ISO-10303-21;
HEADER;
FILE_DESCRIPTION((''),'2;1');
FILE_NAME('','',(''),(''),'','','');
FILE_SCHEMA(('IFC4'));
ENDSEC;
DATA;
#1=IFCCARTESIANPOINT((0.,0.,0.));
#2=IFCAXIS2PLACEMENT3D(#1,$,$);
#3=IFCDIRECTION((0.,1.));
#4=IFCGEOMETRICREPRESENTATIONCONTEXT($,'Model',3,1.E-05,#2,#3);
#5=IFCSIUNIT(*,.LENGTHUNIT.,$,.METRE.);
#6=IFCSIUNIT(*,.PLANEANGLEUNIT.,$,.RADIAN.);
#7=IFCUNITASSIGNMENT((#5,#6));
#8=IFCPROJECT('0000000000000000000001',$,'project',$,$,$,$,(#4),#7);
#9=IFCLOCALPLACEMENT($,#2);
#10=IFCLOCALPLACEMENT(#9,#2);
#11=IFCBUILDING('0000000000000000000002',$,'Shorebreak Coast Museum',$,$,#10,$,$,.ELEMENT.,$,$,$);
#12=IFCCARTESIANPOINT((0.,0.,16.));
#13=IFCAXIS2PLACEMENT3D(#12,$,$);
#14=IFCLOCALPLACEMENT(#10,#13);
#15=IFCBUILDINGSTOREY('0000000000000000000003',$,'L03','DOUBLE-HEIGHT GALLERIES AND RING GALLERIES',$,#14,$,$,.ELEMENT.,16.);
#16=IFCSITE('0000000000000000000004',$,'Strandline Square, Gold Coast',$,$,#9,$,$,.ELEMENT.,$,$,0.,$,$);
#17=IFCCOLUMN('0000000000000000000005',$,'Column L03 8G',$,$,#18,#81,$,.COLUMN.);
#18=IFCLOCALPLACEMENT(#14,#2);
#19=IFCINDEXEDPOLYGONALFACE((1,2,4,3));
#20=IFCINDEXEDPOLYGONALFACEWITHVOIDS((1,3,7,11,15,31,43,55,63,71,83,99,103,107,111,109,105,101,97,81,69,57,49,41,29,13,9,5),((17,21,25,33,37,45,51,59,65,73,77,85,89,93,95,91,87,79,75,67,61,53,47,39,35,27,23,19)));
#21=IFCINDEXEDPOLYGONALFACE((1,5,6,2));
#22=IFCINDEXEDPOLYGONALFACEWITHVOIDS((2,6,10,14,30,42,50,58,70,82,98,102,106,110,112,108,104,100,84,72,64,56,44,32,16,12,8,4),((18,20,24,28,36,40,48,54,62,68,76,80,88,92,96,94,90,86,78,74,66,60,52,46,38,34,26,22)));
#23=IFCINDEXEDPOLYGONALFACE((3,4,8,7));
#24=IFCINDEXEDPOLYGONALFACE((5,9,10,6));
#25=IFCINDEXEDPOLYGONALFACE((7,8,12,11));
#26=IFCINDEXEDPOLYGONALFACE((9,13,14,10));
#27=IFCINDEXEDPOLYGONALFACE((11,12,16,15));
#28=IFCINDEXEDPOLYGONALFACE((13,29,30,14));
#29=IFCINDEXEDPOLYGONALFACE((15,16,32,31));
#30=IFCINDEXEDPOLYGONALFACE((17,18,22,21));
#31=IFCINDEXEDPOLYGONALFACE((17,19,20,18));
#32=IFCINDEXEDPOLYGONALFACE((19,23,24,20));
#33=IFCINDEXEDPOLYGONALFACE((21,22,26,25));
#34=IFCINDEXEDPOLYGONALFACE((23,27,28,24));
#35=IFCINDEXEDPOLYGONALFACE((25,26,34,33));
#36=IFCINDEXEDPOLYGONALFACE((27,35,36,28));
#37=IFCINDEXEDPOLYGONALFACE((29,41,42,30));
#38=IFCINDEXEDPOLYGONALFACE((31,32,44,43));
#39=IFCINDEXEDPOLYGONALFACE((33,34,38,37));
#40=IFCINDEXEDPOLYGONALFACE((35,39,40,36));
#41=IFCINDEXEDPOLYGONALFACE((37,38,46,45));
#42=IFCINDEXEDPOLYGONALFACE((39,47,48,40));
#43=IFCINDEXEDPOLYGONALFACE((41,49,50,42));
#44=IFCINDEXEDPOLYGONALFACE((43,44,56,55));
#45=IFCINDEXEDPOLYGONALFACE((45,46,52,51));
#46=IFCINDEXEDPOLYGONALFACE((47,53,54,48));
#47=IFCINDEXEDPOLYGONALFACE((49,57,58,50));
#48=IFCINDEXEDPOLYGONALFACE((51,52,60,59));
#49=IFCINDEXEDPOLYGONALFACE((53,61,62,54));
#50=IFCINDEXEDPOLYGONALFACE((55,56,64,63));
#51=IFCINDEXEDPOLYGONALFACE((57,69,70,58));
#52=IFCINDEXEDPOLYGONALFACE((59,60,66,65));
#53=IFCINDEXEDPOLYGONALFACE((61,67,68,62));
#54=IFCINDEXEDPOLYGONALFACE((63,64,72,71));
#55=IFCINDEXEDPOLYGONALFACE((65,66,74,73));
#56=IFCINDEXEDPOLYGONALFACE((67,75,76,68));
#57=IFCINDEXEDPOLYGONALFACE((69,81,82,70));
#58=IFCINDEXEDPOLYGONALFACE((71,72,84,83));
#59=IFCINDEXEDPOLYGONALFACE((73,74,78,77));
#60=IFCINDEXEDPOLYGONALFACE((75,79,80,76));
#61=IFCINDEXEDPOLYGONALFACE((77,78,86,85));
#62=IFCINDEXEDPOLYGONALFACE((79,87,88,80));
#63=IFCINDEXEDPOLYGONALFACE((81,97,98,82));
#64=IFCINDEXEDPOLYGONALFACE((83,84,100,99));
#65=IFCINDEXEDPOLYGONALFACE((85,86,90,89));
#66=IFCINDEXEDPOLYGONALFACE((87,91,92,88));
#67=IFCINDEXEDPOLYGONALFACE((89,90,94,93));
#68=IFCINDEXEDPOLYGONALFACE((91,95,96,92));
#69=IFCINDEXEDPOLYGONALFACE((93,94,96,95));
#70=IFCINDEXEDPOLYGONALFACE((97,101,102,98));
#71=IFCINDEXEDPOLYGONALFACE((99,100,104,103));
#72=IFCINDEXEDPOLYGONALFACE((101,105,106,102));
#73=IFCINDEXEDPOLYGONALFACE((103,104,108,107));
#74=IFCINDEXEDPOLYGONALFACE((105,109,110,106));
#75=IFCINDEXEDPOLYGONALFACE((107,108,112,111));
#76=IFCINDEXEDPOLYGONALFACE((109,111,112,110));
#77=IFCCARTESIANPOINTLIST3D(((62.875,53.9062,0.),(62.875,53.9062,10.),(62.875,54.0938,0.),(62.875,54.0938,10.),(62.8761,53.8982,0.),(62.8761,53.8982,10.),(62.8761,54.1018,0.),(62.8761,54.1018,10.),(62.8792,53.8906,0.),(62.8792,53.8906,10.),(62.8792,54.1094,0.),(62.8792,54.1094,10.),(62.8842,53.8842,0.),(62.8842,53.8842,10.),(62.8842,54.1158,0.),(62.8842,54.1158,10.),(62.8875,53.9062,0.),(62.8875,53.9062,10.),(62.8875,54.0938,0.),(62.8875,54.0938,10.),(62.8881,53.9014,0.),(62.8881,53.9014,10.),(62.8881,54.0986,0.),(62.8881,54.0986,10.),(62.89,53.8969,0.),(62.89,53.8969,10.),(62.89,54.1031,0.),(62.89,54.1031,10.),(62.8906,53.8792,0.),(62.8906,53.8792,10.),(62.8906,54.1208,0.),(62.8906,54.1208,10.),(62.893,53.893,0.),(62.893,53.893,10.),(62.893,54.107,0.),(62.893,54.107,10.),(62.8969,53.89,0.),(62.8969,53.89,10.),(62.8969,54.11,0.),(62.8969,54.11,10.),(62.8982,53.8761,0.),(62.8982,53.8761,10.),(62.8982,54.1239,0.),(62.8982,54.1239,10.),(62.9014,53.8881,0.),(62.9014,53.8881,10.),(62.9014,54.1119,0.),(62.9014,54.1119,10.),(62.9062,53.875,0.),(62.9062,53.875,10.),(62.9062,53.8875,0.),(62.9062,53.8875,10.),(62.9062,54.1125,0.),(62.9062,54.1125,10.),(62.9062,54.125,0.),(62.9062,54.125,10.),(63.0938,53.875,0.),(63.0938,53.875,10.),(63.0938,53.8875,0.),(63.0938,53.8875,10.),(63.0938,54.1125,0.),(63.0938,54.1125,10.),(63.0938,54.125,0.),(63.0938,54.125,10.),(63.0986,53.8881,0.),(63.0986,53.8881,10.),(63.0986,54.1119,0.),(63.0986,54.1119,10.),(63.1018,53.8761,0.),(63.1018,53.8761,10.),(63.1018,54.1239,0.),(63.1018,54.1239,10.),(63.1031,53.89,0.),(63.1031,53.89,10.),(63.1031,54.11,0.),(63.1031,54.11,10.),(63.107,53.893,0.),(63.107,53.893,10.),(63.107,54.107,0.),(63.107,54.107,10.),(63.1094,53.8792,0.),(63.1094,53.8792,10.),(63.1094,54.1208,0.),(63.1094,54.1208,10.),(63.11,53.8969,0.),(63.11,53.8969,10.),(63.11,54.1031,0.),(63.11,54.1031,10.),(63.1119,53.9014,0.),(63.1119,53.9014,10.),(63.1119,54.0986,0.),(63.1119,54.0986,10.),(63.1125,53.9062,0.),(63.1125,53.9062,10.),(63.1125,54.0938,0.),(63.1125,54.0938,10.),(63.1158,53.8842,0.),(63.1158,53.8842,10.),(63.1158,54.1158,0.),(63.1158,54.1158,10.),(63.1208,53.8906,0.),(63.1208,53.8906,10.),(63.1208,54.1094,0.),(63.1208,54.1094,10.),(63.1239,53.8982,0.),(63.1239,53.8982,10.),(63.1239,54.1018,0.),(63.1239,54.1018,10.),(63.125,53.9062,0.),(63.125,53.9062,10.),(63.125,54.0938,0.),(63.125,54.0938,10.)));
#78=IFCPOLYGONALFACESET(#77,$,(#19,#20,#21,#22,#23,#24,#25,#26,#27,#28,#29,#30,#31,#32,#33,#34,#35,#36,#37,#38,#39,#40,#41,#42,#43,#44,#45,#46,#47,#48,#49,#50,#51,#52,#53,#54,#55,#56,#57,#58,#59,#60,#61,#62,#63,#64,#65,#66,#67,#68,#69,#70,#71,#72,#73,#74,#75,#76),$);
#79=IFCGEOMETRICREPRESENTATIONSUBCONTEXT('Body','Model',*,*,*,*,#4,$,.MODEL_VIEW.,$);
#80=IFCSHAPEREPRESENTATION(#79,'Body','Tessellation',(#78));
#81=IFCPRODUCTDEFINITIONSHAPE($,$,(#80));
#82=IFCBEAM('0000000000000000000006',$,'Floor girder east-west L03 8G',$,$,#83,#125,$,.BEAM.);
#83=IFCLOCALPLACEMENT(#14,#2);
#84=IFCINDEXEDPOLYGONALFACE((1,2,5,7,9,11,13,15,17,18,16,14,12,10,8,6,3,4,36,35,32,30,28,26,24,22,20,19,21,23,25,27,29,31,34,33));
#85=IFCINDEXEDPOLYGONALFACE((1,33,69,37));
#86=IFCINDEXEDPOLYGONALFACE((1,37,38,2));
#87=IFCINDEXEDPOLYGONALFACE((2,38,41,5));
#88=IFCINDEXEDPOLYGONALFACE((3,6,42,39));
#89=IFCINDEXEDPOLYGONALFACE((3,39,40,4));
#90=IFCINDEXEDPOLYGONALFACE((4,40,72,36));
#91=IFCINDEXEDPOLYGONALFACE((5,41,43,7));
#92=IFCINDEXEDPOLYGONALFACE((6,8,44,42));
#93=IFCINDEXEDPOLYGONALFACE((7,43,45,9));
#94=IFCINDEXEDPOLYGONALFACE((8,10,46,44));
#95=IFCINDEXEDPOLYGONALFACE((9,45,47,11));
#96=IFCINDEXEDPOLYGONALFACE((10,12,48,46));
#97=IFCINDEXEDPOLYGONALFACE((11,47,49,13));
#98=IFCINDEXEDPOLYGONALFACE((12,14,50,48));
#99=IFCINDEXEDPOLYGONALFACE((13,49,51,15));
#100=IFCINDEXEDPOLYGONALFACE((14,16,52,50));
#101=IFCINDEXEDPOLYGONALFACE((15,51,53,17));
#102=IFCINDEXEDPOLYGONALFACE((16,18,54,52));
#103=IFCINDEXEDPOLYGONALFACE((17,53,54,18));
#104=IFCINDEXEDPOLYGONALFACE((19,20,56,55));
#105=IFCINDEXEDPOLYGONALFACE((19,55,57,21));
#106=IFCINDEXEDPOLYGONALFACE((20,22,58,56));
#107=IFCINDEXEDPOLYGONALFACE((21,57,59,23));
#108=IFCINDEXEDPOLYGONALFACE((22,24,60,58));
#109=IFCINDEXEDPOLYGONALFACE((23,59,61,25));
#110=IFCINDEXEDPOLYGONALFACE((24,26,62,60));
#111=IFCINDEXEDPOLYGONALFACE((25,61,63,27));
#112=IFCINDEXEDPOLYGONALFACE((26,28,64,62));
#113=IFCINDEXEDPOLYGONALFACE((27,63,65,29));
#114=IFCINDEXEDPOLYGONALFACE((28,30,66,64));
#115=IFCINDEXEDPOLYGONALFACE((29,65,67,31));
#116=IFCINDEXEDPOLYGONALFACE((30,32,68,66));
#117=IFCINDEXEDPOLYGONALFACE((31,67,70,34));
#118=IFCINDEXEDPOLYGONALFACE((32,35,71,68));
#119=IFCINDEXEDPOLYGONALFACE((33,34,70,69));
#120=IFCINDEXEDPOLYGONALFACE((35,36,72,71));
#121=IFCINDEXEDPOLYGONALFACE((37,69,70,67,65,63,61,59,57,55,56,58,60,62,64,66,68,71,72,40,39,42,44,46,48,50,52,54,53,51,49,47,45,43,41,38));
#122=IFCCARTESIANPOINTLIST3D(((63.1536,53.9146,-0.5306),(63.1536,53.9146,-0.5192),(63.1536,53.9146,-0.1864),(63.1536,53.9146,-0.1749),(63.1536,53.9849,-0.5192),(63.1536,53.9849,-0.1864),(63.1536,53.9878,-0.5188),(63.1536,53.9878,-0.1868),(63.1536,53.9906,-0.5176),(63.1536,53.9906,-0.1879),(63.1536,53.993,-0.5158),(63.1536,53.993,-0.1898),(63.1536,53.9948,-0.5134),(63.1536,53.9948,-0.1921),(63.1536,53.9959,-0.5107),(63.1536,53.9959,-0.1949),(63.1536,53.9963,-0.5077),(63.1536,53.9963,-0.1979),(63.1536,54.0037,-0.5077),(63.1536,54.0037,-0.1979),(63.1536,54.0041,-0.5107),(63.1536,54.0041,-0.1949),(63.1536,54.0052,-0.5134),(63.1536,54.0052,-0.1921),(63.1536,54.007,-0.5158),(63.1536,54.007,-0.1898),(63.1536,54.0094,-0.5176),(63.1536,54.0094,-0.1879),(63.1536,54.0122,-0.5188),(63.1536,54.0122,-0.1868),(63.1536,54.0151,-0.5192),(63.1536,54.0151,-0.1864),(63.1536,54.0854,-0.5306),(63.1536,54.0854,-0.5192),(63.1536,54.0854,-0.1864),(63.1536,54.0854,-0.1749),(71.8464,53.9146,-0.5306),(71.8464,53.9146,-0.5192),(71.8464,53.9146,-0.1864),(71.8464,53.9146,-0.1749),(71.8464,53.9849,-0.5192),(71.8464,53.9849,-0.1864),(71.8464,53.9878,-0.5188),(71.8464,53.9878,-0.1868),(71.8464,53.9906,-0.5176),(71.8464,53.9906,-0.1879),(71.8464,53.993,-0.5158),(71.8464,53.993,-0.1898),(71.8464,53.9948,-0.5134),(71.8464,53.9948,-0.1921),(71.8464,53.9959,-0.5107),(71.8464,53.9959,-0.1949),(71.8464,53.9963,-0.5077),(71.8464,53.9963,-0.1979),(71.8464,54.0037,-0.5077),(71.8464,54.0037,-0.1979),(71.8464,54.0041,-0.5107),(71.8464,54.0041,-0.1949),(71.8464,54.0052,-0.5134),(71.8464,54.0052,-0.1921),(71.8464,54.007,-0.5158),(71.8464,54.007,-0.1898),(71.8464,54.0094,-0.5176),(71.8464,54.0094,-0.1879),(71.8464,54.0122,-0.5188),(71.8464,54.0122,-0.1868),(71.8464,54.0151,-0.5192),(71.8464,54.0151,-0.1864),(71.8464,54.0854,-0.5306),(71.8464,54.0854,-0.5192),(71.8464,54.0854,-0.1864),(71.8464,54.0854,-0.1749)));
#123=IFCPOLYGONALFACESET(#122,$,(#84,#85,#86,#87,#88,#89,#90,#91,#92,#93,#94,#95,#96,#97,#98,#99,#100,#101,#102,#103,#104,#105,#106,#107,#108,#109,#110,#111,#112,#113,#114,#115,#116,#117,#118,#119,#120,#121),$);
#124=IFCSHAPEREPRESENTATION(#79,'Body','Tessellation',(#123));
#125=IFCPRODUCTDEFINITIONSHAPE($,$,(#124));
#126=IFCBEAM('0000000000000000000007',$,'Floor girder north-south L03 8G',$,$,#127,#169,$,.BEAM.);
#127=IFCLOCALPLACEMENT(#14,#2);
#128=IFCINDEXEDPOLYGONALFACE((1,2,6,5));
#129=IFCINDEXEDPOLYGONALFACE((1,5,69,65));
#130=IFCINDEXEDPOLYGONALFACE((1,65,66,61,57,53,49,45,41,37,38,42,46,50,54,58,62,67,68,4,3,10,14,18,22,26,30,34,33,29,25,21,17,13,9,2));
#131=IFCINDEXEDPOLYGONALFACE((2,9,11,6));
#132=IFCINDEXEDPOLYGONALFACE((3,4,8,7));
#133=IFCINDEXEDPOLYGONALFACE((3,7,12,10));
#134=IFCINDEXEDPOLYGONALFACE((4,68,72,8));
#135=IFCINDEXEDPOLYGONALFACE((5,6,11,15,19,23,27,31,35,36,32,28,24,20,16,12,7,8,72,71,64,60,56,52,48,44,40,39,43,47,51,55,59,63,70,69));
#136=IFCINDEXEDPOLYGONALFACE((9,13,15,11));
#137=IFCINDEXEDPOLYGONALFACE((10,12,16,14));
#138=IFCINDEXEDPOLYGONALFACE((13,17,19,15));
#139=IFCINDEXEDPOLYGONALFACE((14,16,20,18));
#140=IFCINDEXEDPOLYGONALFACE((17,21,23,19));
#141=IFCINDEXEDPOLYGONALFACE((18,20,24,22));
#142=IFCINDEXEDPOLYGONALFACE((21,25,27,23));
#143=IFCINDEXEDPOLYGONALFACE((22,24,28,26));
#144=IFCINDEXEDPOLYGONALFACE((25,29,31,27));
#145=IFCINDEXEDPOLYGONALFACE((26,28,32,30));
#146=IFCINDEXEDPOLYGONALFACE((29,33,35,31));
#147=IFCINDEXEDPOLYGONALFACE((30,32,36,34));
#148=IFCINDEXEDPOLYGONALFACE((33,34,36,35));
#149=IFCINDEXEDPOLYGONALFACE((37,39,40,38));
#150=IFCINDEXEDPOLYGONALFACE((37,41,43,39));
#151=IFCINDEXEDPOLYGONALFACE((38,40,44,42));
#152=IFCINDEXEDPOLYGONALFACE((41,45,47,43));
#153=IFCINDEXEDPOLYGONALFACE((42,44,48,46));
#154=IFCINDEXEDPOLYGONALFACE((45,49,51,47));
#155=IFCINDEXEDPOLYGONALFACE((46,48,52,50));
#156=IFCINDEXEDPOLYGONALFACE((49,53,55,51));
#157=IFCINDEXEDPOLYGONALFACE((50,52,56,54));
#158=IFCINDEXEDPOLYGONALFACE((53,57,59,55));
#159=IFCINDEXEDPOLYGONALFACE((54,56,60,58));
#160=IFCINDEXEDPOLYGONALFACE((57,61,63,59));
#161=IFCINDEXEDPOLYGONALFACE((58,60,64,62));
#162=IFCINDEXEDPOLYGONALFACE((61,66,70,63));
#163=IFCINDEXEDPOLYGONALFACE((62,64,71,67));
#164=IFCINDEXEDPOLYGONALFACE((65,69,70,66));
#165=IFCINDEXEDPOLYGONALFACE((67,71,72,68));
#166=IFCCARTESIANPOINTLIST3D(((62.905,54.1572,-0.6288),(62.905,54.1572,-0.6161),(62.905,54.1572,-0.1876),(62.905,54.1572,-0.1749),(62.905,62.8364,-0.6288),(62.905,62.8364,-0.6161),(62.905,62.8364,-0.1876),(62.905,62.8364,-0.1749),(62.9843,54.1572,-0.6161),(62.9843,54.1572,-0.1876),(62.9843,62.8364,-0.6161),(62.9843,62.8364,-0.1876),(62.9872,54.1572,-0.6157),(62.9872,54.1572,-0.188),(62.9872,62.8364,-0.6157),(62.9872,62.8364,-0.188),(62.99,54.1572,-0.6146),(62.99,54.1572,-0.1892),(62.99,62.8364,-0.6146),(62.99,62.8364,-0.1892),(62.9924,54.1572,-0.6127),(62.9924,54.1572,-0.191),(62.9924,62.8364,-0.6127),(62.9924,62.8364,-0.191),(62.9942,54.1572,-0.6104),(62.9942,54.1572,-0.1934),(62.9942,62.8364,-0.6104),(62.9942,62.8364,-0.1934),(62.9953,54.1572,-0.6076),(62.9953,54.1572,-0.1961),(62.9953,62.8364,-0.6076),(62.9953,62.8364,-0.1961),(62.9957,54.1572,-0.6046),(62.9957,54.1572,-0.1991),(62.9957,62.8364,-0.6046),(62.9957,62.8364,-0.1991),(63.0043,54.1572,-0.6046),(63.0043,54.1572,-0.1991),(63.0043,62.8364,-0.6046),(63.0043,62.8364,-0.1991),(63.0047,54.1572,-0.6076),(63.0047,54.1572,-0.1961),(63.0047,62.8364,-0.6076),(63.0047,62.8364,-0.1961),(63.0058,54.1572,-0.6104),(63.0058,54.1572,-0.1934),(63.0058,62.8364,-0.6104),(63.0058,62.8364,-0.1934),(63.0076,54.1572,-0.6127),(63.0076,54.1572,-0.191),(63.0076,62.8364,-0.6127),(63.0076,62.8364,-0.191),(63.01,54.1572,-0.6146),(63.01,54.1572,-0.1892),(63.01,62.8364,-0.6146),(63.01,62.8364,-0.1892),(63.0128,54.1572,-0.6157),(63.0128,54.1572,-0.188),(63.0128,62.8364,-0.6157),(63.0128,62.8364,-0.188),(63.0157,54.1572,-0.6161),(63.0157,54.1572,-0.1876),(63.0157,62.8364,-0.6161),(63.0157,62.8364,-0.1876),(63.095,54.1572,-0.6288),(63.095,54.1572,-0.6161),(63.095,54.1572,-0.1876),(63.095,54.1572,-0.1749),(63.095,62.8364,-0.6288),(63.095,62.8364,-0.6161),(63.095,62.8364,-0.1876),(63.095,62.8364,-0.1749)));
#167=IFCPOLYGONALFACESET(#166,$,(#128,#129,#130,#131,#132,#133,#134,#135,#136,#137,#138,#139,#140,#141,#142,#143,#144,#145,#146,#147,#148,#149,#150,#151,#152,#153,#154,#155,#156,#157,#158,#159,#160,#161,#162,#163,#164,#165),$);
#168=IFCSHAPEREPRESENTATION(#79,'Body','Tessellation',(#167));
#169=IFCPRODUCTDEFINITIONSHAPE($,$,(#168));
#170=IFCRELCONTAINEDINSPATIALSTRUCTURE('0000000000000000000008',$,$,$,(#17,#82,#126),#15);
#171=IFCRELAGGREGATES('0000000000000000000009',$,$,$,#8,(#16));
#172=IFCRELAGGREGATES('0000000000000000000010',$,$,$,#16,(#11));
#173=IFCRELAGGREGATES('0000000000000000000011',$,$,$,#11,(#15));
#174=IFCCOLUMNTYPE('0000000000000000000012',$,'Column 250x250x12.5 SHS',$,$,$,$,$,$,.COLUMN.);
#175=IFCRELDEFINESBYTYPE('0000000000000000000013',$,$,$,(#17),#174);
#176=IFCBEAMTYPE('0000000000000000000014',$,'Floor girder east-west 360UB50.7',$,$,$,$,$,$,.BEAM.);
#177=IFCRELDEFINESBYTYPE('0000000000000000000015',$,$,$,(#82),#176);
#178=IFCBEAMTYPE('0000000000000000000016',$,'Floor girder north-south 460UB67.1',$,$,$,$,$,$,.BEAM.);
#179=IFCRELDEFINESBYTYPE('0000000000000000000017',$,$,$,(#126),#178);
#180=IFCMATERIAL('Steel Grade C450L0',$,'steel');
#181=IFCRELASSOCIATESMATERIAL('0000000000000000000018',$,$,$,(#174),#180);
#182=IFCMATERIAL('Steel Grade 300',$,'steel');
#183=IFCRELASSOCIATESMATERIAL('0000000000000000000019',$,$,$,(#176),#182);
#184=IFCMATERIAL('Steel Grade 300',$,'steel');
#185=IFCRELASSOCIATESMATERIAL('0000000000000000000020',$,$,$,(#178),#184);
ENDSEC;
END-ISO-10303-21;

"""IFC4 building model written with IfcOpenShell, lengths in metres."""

from ifc_helpers import new_model, si_unit, direction, frame, origin, origin_2d, place, context, subcontext, project, spatial, hollow_rectangle, i_section, extrude, material, material_profile, profile_set, type_object, element, save


model = new_model("IFC4")

# Units and contexts
model_context = context("Model", 3, precision=1e-05, world=origin(), true_north=direction((0.0, 1.0)))
body_context = subcontext(model_context, "Body", "Model", "MODEL_VIEW")
ifc_project = project(units=[si_unit("LENGTHUNIT", "METRE"), si_unit("PLANEANGLEUNIT", "RADIAN")], contexts=[model_context])

# Site, building, storey
site_placement = place(None, origin())
site = spatial("IfcSite", under=ifc_project, at=site_placement, Name="Strandline Square, Gold Coast", CompositionType="ELEMENT", RefElevation=0.0)
building_placement = place(site_placement, origin())
building = spatial("IfcBuilding", under=site, at=building_placement, Name="Shorebreak Coast Museum", CompositionType="ELEMENT")
storey_placement = place(building_placement, frame((0.0, 0.0, 16.0)))
storey = spatial("IfcBuildingStorey", under=building, at=storey_placement, Name="L03", Description="DOUBLE-HEIGHT GALLERIES AND RING GALLERIES", CompositionType="ELEMENT", Elevation=16.0)

# Column
ifc_material_1 = material(Name="Steel Grade C450L0", Category="steel")
ifc_material_profile_1 = material_profile(ifc_material_1, hollow_rectangle(XDim=0.25, YDim=0.25, WallThickness=0.0125, InnerFilletRadius=0.0188, OuterFilletRadius=0.0312, at=origin_2d()), Name="250x250x12.5 SHS")
ifc_profile_set_1 = profile_set([ifc_material_profile_1], Name="Steel Grade C450L0")
column_type = type_object("IfcColumnType", Name="Column 250x250x12.5 SHS", PredefinedType="COLUMN", material=ifc_profile_set_1)
column_placement = place(storey_placement, frame((63.0, 54.0, 0.0), z_axis=(0.0, 0.0, 1.0), x_axis=(1.0, 0.0, 0.0)))
element("IfcColumn", 1, at=column_placement, inside=storey, type_object=column_type, Name="Column L03 8G", PredefinedType="COLUMN", context=body_context, shape_type="SweptSolid", body=[
    extrude(hollow_rectangle(XDim=0.25, YDim=0.25, WallThickness=0.0125, InnerFilletRadius=0.0188, OuterFilletRadius=0.0312, at=origin_2d()), origin(), (0.0, 0.0, 1.0), 10.0),
])

# Beams
ifc_material_2 = material(Name="Steel Grade 300", Category="steel")
ifc_material_profile_2 = material_profile(ifc_material_2, i_section(OverallWidth=0.1709, OverallDepth=0.3557, WebThickness=0.0073, FlangeThickness=0.0115, FilletRadius=0.0115, at=origin_2d()), Name="360UB50.7")
ifc_profile_set_2 = profile_set([ifc_material_profile_2], Name="Steel Grade 300")
beam_type_1 = type_object("IfcBeamType", Name="Floor girder east-west 360UB50.7", PredefinedType="BEAM", material=ifc_profile_set_2)
beam_1_placement = place(storey_placement, frame((63.1536, 54.0, -0.3528), z_axis=(1.0, 0.0, 0.0), x_axis=(0.0, 1.0, 0.0)))
element("IfcBeam", 2, at=beam_1_placement, inside=storey, type_object=beam_type_1, Name="Floor girder east-west L03 8G", PredefinedType="BEAM", context=body_context, shape_type="SweptSolid", body=[
    extrude(i_section(OverallWidth=0.1709, OverallDepth=0.3557, WebThickness=0.0073, FlangeThickness=0.0115, FilletRadius=0.0115, at=origin_2d()), origin(), (0.0, 0.0, 1.0), 8.6929),
])
ifc_material_3 = material(Name="Steel Grade 300", Category="steel")
ifc_material_profile_3 = material_profile(ifc_material_3, i_section(OverallWidth=0.1899, OverallDepth=0.4539, WebThickness=0.0085, FlangeThickness=0.0127, FilletRadius=0.0115, at=origin_2d()), Name="460UB67.1")
ifc_profile_set_3 = profile_set([ifc_material_profile_3], Name="Steel Grade 300")
beam_type_2 = type_object("IfcBeamType", Name="Floor girder north-south 460UB67.1", PredefinedType="BEAM", material=ifc_profile_set_3)
beam_2_placement = place(storey_placement, frame((63.0, 54.1572, -0.4019), z_axis=(0.0, 1.0, 0.0), x_axis=(-1.0, 0.0, 0.0)))
element("IfcBeam", 3, at=beam_2_placement, inside=storey, type_object=beam_type_2, Name="Floor girder north-south L03 8G", PredefinedType="BEAM", context=body_context, shape_type="SweptSolid", body=[
    extrude(i_section(OverallWidth=0.1899, OverallDepth=0.4539, WebThickness=0.0085, FlangeThickness=0.0127, FilletRadius=0.0115, at=origin_2d()), origin(), (0.0, 0.0, 1.0), 8.6792),
])

save(model, "model.ifc")
